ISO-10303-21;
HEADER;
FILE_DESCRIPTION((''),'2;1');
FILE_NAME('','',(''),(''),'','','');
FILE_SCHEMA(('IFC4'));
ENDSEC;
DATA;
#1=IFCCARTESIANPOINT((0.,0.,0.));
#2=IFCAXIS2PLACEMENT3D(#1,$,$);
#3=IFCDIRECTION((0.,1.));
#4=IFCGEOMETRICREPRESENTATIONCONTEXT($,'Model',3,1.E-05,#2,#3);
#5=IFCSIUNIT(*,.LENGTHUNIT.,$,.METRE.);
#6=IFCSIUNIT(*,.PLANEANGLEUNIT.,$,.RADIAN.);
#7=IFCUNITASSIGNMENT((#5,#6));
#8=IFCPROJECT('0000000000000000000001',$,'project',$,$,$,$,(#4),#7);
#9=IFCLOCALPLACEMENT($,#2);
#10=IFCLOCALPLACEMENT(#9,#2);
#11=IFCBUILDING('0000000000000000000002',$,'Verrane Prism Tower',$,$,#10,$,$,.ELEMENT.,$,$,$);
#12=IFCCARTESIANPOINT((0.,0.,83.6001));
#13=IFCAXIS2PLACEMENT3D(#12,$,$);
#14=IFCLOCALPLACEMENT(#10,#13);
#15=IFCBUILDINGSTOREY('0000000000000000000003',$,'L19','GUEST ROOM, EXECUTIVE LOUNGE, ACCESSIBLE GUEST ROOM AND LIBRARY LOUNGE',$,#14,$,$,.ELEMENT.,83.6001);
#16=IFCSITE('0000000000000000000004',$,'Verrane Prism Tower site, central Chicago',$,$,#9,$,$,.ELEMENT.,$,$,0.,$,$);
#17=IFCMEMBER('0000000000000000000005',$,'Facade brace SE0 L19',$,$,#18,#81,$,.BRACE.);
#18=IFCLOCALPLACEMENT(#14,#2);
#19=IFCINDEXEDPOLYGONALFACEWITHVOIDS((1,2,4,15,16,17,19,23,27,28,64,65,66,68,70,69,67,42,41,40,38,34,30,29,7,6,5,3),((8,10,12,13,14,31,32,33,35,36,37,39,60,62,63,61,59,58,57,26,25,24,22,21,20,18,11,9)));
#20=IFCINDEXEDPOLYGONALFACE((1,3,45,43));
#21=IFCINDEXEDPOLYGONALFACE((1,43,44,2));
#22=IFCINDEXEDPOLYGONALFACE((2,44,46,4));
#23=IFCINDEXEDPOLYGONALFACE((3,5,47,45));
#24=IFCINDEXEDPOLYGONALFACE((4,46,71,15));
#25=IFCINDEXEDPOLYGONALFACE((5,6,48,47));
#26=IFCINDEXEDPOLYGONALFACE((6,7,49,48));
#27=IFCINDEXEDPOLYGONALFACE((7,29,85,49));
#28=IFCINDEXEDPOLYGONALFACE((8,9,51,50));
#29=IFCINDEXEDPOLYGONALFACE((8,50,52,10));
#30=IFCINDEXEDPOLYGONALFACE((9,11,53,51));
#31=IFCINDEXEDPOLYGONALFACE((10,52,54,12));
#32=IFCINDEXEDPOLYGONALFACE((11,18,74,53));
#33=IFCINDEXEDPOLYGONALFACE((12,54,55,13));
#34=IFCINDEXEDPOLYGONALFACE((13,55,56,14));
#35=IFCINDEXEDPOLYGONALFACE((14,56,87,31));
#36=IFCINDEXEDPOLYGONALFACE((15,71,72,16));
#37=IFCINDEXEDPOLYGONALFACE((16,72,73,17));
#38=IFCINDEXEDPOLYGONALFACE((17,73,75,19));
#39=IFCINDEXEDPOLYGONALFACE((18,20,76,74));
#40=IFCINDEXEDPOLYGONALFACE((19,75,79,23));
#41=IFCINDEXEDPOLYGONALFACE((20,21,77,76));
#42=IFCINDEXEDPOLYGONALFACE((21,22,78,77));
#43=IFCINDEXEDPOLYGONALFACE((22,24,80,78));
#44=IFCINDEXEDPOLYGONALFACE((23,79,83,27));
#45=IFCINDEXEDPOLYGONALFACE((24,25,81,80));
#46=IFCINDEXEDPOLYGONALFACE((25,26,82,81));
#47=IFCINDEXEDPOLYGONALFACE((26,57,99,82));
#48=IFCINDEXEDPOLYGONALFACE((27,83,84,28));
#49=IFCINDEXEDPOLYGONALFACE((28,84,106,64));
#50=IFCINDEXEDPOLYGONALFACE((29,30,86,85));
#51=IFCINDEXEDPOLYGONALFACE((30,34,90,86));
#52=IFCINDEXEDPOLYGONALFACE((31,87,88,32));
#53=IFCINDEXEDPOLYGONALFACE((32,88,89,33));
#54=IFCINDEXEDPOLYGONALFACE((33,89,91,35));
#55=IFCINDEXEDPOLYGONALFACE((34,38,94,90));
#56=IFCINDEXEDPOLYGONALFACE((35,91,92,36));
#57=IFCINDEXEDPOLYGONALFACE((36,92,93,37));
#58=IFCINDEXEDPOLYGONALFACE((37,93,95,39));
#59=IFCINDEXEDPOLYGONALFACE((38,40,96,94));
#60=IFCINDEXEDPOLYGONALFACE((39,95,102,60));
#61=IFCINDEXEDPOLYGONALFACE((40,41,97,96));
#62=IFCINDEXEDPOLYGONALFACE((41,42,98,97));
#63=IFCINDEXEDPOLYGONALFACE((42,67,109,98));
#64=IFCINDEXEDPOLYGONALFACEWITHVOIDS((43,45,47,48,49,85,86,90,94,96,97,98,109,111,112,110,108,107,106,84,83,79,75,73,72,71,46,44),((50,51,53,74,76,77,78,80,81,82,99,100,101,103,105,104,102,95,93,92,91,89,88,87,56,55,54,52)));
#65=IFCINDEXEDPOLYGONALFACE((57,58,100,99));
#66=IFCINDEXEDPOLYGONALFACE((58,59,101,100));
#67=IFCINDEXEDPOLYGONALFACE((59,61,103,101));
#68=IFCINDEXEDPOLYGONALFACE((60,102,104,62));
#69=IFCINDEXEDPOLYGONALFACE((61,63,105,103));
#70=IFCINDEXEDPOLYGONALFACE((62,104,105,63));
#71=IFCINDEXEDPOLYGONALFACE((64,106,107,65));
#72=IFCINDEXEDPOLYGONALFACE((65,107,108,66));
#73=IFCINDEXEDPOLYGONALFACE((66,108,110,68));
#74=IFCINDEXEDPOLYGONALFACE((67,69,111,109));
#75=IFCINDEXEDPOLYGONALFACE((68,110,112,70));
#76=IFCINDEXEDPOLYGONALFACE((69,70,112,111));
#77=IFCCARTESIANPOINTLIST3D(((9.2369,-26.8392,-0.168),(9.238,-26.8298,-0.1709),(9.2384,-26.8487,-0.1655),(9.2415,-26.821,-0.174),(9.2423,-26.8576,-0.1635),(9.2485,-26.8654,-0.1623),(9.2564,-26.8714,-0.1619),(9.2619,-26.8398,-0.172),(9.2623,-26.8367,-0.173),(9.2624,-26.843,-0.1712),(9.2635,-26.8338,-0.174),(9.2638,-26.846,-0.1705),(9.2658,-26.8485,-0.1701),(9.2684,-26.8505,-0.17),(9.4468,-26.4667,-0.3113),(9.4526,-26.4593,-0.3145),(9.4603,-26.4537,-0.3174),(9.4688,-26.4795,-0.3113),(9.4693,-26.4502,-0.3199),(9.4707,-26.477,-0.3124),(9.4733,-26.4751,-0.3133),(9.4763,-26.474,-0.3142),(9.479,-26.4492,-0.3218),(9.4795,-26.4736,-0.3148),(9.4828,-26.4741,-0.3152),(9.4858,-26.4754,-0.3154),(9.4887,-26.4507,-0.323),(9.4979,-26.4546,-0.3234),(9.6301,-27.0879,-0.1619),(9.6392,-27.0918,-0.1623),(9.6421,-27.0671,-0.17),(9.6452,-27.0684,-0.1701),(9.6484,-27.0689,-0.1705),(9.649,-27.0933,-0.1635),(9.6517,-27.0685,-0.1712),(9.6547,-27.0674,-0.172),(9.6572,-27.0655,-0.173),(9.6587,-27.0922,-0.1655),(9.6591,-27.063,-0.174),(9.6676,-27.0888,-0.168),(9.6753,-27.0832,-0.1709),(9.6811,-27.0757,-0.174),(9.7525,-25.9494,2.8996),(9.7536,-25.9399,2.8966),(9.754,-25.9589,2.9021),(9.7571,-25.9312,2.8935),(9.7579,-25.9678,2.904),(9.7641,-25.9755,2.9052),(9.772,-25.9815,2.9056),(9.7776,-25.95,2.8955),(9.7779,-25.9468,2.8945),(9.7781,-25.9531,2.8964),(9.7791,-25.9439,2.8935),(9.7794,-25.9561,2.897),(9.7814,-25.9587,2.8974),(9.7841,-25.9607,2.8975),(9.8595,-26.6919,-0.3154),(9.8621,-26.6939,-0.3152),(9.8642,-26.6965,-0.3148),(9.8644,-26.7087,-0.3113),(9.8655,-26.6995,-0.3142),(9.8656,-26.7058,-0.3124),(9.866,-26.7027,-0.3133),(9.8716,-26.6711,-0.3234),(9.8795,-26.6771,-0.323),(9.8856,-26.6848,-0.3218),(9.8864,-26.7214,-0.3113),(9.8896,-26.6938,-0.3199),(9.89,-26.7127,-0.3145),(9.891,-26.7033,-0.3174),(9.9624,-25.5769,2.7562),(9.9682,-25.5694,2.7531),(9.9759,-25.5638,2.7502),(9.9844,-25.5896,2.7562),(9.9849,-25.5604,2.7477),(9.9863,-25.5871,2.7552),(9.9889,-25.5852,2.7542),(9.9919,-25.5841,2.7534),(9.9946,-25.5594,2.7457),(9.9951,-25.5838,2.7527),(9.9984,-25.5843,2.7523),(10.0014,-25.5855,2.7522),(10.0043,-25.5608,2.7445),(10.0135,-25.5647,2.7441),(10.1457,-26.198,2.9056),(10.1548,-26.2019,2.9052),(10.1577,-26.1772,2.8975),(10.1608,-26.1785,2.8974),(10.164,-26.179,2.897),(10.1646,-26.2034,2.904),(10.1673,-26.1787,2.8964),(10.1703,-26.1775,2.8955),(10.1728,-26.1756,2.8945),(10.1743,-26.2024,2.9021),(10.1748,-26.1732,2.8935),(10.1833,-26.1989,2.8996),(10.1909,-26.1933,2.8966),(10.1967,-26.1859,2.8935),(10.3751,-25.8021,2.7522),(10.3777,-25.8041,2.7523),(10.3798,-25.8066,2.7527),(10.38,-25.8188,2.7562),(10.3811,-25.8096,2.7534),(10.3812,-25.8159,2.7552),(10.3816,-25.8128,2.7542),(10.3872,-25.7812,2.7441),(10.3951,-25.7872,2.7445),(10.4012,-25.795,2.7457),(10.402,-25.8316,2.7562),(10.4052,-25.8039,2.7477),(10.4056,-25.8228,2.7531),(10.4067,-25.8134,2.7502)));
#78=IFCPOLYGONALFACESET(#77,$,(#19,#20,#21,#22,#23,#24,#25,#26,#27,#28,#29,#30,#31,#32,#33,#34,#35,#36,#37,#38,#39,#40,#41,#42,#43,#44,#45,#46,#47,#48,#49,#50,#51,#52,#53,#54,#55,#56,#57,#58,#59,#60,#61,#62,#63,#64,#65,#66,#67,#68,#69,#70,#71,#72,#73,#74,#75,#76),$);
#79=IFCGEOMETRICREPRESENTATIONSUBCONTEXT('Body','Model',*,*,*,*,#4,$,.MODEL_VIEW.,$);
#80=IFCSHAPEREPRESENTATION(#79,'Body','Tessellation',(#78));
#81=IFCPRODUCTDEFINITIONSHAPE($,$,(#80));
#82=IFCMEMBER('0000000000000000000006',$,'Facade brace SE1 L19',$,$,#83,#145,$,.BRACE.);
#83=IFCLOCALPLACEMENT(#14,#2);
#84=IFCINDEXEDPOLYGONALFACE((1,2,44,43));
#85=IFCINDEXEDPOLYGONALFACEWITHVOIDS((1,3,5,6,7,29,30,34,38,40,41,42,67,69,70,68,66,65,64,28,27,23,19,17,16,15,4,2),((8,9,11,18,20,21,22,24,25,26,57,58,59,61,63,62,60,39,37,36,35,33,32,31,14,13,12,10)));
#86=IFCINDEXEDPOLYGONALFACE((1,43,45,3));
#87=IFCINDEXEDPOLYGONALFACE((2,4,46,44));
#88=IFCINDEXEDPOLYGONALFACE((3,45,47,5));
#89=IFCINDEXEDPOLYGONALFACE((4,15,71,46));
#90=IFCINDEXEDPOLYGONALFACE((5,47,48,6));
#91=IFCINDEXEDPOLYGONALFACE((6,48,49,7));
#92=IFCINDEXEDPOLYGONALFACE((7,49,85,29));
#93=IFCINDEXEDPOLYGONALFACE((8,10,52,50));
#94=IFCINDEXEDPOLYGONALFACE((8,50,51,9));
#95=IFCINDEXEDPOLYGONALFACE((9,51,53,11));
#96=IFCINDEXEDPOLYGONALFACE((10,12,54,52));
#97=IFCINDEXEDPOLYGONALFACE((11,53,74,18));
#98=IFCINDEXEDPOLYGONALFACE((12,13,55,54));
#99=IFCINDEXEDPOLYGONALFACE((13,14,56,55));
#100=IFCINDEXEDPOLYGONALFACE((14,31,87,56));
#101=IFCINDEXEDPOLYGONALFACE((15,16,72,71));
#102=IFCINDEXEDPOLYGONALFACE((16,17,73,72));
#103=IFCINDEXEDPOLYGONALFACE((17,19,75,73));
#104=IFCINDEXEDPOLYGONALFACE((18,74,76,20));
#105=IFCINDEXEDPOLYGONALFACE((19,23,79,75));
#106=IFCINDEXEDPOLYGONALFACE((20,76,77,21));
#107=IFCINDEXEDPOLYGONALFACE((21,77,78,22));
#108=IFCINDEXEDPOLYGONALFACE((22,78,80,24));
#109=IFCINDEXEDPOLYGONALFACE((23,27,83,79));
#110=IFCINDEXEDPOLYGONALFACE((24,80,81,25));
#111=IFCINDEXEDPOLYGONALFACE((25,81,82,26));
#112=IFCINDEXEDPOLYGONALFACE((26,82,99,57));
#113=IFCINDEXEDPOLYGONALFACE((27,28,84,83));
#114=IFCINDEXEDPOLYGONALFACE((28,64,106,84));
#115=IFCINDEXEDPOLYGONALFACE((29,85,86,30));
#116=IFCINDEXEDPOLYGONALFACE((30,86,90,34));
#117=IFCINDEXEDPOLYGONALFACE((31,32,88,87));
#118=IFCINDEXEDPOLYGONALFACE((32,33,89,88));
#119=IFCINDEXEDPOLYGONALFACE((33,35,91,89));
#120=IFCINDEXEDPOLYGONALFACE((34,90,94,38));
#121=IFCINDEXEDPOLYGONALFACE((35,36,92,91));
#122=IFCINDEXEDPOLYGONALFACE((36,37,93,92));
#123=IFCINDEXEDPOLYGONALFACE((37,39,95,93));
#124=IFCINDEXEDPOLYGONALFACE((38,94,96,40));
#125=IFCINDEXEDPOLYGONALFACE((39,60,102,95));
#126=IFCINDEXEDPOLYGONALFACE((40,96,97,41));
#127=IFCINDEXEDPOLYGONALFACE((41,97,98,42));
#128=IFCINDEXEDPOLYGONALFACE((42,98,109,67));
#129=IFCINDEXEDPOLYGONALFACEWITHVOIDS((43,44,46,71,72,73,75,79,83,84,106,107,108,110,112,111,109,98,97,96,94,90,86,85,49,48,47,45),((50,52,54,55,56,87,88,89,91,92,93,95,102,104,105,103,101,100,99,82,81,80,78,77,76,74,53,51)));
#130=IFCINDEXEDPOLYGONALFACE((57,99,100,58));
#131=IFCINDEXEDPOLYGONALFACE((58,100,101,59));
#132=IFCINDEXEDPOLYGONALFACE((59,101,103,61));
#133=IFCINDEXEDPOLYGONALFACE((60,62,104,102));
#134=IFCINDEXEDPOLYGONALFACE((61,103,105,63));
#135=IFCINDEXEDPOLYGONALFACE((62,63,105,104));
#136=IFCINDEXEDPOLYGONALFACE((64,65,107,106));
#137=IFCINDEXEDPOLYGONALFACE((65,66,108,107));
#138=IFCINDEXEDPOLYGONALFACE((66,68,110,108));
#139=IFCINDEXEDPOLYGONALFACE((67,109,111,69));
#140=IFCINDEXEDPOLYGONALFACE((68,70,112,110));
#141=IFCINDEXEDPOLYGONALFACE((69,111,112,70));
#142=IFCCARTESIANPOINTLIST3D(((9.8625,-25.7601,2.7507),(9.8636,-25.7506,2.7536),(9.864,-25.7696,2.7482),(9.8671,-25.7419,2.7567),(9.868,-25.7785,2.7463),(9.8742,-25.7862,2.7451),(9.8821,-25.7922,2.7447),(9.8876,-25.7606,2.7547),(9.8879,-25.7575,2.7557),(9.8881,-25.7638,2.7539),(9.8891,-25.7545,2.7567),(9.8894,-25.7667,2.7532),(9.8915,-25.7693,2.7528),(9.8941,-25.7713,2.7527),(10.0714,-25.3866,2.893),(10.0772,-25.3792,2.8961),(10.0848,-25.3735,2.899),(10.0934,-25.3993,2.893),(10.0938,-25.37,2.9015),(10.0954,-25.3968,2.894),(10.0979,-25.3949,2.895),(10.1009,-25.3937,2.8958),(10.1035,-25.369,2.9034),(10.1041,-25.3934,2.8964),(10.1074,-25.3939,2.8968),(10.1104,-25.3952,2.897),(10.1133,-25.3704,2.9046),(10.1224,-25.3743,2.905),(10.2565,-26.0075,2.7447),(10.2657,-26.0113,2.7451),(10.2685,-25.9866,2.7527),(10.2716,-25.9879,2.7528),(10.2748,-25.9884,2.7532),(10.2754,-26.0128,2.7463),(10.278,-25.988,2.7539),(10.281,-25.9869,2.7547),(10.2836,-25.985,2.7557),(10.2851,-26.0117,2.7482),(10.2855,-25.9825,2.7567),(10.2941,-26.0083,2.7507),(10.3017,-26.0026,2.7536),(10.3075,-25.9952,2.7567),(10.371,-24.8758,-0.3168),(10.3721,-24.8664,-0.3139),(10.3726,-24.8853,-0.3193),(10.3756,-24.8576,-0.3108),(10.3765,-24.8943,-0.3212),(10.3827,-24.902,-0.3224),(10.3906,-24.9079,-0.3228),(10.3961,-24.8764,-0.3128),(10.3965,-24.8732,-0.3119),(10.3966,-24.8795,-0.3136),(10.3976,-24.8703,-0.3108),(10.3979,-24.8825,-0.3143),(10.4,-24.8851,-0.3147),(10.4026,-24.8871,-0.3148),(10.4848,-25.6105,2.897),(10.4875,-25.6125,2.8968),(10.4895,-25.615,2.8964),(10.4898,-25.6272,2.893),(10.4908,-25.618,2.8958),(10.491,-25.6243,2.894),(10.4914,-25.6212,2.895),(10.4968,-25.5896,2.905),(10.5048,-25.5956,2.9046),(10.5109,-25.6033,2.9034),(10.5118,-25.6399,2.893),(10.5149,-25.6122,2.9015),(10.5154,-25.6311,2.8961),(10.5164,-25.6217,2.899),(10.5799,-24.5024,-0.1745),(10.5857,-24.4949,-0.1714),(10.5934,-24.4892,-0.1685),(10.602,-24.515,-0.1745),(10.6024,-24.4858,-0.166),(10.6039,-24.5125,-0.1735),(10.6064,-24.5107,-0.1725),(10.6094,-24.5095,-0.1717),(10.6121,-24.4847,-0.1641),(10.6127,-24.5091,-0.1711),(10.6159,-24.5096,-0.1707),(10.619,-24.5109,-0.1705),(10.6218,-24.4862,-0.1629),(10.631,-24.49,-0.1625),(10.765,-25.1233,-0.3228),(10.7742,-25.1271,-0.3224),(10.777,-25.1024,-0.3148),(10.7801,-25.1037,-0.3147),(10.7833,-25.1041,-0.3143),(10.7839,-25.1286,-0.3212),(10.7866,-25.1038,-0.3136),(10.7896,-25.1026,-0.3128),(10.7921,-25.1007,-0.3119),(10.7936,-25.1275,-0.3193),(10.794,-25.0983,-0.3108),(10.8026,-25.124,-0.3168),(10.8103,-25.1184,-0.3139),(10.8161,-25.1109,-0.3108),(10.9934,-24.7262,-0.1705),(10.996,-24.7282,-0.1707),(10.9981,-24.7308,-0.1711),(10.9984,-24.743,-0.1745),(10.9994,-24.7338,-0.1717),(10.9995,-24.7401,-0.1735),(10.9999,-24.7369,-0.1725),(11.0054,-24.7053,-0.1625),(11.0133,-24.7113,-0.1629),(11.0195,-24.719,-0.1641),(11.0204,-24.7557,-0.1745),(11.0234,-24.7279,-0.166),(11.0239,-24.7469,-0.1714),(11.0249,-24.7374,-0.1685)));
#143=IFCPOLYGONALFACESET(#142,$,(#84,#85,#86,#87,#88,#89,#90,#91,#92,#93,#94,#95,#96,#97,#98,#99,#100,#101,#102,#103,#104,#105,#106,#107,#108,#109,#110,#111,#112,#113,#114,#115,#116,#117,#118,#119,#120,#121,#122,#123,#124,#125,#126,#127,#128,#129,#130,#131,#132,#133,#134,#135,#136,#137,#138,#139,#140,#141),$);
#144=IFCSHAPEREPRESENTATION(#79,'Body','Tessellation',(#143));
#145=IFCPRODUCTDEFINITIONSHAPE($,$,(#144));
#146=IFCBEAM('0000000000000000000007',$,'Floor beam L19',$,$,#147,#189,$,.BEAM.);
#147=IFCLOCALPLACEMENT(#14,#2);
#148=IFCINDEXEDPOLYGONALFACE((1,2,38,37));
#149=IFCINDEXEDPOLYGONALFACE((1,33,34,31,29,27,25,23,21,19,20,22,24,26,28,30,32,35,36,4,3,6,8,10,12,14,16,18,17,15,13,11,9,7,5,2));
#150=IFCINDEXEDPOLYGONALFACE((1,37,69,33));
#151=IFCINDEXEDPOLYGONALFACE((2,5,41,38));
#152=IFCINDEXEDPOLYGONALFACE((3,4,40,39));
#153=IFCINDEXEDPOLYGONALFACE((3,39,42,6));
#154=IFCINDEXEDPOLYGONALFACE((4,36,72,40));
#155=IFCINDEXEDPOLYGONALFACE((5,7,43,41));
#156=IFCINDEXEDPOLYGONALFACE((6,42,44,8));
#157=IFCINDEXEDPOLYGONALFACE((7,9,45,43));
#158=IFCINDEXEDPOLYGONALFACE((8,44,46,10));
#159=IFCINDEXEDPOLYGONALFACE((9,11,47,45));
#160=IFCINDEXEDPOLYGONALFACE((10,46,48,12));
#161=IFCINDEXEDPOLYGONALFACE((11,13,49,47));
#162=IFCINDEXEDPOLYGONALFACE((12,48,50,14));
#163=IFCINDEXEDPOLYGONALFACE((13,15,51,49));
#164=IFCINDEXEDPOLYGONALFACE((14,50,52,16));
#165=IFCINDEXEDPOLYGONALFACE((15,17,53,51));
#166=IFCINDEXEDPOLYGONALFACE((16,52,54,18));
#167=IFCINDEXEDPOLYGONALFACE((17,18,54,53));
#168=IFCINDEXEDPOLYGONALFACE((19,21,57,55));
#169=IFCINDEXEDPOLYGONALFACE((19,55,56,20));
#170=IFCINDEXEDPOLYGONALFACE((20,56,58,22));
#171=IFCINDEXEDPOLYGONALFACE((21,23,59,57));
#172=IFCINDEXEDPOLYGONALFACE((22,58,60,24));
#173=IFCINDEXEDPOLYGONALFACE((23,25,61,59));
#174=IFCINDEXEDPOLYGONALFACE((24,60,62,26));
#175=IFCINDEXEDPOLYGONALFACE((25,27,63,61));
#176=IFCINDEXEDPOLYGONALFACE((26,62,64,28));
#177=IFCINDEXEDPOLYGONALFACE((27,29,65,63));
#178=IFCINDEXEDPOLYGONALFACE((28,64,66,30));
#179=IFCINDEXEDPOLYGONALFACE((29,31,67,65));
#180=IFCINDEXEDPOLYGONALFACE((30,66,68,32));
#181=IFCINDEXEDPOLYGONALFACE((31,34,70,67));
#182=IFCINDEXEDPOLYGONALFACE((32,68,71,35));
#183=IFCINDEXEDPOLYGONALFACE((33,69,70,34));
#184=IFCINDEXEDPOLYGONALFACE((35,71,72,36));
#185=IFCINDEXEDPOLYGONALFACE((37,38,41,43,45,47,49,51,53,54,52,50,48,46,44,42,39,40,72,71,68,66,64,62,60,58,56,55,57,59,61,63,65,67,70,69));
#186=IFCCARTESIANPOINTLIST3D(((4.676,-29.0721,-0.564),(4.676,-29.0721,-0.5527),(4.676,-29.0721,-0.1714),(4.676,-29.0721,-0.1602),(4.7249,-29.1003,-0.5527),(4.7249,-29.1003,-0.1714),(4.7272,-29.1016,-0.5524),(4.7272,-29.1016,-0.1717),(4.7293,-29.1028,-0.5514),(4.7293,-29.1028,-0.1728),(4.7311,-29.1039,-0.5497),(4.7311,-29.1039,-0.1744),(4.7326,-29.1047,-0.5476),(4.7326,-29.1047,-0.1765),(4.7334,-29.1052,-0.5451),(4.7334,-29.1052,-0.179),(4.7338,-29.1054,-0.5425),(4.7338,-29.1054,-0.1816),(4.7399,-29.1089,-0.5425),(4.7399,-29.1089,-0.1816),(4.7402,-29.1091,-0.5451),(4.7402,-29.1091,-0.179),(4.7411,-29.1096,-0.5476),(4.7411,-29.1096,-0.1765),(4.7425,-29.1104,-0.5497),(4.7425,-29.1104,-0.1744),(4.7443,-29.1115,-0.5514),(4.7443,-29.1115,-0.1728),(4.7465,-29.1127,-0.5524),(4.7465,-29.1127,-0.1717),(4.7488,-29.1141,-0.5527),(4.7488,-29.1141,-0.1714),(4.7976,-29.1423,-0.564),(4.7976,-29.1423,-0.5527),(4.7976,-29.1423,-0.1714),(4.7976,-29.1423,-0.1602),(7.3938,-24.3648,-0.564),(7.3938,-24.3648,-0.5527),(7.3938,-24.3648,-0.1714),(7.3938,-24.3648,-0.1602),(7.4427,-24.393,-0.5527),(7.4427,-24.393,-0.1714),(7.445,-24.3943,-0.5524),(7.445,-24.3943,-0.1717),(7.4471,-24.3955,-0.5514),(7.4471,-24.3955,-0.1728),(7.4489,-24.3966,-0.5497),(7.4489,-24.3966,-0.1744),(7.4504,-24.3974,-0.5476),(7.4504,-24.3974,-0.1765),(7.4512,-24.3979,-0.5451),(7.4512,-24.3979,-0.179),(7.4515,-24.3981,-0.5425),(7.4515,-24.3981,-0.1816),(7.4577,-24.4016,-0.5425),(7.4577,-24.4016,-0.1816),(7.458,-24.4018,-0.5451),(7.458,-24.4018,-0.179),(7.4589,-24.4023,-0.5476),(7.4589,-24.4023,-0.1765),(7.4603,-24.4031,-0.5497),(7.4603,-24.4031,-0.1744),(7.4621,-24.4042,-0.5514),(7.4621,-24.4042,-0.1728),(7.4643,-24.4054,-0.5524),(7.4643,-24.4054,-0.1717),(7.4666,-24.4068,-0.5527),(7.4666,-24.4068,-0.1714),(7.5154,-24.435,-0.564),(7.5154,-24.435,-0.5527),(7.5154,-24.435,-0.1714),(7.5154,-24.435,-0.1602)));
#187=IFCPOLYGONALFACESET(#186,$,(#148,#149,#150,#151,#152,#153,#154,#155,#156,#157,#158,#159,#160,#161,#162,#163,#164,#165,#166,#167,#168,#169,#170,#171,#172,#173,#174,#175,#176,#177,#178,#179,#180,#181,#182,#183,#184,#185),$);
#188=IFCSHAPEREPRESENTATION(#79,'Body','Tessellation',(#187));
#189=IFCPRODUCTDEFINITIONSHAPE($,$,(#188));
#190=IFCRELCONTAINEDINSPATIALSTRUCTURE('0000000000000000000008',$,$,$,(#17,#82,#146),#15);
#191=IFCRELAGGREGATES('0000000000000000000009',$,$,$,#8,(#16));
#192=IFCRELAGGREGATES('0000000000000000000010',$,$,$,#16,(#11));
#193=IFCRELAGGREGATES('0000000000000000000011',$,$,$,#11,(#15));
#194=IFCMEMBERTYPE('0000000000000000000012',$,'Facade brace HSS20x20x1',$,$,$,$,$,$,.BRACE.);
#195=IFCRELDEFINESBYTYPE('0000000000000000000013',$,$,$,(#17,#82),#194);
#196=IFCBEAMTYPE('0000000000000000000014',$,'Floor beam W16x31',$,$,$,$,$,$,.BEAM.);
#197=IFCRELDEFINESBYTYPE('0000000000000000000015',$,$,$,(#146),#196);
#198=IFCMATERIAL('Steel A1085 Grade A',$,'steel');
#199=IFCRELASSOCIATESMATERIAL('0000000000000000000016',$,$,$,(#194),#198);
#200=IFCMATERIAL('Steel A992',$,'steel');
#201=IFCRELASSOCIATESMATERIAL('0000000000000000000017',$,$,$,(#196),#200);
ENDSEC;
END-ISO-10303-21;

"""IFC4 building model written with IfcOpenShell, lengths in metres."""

from ifc_helpers import new_model, si_unit, direction, frame, origin, origin_2d, place, context, subcontext, project, spatial, hollow_rectangle, i_section, extrude, material, material_profile, profile_set, type_object, element, save


model = new_model("IFC4")

# Units and contexts
model_context = context("Model", 3, precision=1e-05, world=origin(), true_north=direction((0.0, 1.0)))
body_context = subcontext(model_context, "Body", "Model", "MODEL_VIEW")
ifc_project = project(units=[si_unit("LENGTHUNIT", "METRE"), si_unit("PLANEANGLEUNIT", "RADIAN")], contexts=[model_context])

# Site, building, storey
site_placement = place(None, origin())
site = spatial("IfcSite", under=ifc_project, at=site_placement, Name="Verrane Prism Tower site, central Chicago", CompositionType="ELEMENT", RefElevation=0.0)
building_placement = place(site_placement, origin())
building = spatial("IfcBuilding", under=site, at=building_placement, Name="Verrane Prism Tower", CompositionType="ELEMENT")
storey_placement = place(building_placement, frame((0.0, 0.0, 83.6001)))
storey = spatial("IfcBuildingStorey", under=building, at=storey_placement, Name="L19", Description="GUEST ROOM, EXECUTIVE LOUNGE, ACCESSIBLE GUEST ROOM AND LIBRARY LOUNGE", CompositionType="ELEMENT", Elevation=83.6001)

# Members
ifc_material_1 = material(Name="Steel A1085 Grade A", Category="steel")
ifc_material_profile_1 = material_profile(ifc_material_1, hollow_rectangle(XDim=0.5081, YDim=0.5081, WallThickness=0.0254, InnerFilletRadius=0.0127, OuterFilletRadius=0.0381, at=origin_2d()), Name="HSS20x20x1")
ifc_profile_set_1 = profile_set([ifc_material_profile_1], Name="Steel A1085 Grade A")
member_type_1 = type_object("IfcMemberType", Name="Facade brace HSS20x20x1", PredefinedType="BRACE", material=ifc_profile_set_1)
member_1_placement = place(storey_placement, frame((9.564, -26.7712, -0.2427), z_axis=(0.159368, 0.275045, 0.948131), x_axis=(-0.865247, 0.501345, 0.0)))
element("IfcMember", 1, at=member_1_placement, inside=storey, type_object=member_type_1, Name="Facade brace SE0 L19", PredefinedType="BRACE", context=body_context, shape_type="SweptSolid", body=[
    extrude(hollow_rectangle(XDim=0.5081, YDim=0.5081, WallThickness=0.0254, InnerFilletRadius=0.0127, OuterFilletRadius=0.0381, at=origin_2d()), origin(), (0.0, 0.0, 1.0), 3.2354),
])
member_2_placement = place(storey_placement, frame((10.698, -24.8066, -0.2427), z_axis=(-0.157309, -0.273534, 0.948911), x_axis=(0.86687, -0.498534, 0.0)))
element("IfcMember", 2, at=member_2_placement, inside=storey, type_object=member_type_1, Name="Facade brace SE1 L19", PredefinedType="BRACE", context=body_context, shape_type="SweptSolid", body=[
    extrude(hollow_rectangle(XDim=0.5081, YDim=0.5081, WallThickness=0.0254, InnerFilletRadius=0.0127, OuterFilletRadius=0.0381, at=origin_2d()), origin(), (0.0, 0.0, 1.0), 3.2327),
])

# Beam
ifc_material_2 = material(Name="Steel A992", Category="steel")
ifc_material_profile_2 = material_profile(ifc_material_2, i_section(OverallWidth=0.1404, OverallDepth=0.4038, WebThickness=0.0071, FlangeThickness=0.0112, FilletRadius=0.0103, at=origin_2d()), Name="W16x31")
ifc_profile_set_2 = profile_set([ifc_material_profile_2], Name="Steel A992")
beam_type_1 = type_object("IfcBeamType", Name="Floor beam W16x31", PredefinedType="BEAM", material=ifc_profile_set_2)
beam_1_placement = place(storey_placement, frame((4.7368, -29.1072, -0.3621), z_axis=(0.500004, 0.866023, 0.0), x_axis=(-0.866023, 0.500004, 0.0)))
element("IfcBeam", 3, at=beam_1_placement, inside=storey, type_object=beam_type_1, Name="Floor beam L19", PredefinedType="BEAM", context=body_context, shape_type="SweptSolid", body=[
    extrude(i_section(OverallWidth=0.1404, OverallDepth=0.4038, WebThickness=0.0071, FlangeThickness=0.0112, FilletRadius=0.0103, at=origin_2d()), origin(), (0.0, 0.0, 1.0), 5.4355),
])

save(model, "model.ifc")
